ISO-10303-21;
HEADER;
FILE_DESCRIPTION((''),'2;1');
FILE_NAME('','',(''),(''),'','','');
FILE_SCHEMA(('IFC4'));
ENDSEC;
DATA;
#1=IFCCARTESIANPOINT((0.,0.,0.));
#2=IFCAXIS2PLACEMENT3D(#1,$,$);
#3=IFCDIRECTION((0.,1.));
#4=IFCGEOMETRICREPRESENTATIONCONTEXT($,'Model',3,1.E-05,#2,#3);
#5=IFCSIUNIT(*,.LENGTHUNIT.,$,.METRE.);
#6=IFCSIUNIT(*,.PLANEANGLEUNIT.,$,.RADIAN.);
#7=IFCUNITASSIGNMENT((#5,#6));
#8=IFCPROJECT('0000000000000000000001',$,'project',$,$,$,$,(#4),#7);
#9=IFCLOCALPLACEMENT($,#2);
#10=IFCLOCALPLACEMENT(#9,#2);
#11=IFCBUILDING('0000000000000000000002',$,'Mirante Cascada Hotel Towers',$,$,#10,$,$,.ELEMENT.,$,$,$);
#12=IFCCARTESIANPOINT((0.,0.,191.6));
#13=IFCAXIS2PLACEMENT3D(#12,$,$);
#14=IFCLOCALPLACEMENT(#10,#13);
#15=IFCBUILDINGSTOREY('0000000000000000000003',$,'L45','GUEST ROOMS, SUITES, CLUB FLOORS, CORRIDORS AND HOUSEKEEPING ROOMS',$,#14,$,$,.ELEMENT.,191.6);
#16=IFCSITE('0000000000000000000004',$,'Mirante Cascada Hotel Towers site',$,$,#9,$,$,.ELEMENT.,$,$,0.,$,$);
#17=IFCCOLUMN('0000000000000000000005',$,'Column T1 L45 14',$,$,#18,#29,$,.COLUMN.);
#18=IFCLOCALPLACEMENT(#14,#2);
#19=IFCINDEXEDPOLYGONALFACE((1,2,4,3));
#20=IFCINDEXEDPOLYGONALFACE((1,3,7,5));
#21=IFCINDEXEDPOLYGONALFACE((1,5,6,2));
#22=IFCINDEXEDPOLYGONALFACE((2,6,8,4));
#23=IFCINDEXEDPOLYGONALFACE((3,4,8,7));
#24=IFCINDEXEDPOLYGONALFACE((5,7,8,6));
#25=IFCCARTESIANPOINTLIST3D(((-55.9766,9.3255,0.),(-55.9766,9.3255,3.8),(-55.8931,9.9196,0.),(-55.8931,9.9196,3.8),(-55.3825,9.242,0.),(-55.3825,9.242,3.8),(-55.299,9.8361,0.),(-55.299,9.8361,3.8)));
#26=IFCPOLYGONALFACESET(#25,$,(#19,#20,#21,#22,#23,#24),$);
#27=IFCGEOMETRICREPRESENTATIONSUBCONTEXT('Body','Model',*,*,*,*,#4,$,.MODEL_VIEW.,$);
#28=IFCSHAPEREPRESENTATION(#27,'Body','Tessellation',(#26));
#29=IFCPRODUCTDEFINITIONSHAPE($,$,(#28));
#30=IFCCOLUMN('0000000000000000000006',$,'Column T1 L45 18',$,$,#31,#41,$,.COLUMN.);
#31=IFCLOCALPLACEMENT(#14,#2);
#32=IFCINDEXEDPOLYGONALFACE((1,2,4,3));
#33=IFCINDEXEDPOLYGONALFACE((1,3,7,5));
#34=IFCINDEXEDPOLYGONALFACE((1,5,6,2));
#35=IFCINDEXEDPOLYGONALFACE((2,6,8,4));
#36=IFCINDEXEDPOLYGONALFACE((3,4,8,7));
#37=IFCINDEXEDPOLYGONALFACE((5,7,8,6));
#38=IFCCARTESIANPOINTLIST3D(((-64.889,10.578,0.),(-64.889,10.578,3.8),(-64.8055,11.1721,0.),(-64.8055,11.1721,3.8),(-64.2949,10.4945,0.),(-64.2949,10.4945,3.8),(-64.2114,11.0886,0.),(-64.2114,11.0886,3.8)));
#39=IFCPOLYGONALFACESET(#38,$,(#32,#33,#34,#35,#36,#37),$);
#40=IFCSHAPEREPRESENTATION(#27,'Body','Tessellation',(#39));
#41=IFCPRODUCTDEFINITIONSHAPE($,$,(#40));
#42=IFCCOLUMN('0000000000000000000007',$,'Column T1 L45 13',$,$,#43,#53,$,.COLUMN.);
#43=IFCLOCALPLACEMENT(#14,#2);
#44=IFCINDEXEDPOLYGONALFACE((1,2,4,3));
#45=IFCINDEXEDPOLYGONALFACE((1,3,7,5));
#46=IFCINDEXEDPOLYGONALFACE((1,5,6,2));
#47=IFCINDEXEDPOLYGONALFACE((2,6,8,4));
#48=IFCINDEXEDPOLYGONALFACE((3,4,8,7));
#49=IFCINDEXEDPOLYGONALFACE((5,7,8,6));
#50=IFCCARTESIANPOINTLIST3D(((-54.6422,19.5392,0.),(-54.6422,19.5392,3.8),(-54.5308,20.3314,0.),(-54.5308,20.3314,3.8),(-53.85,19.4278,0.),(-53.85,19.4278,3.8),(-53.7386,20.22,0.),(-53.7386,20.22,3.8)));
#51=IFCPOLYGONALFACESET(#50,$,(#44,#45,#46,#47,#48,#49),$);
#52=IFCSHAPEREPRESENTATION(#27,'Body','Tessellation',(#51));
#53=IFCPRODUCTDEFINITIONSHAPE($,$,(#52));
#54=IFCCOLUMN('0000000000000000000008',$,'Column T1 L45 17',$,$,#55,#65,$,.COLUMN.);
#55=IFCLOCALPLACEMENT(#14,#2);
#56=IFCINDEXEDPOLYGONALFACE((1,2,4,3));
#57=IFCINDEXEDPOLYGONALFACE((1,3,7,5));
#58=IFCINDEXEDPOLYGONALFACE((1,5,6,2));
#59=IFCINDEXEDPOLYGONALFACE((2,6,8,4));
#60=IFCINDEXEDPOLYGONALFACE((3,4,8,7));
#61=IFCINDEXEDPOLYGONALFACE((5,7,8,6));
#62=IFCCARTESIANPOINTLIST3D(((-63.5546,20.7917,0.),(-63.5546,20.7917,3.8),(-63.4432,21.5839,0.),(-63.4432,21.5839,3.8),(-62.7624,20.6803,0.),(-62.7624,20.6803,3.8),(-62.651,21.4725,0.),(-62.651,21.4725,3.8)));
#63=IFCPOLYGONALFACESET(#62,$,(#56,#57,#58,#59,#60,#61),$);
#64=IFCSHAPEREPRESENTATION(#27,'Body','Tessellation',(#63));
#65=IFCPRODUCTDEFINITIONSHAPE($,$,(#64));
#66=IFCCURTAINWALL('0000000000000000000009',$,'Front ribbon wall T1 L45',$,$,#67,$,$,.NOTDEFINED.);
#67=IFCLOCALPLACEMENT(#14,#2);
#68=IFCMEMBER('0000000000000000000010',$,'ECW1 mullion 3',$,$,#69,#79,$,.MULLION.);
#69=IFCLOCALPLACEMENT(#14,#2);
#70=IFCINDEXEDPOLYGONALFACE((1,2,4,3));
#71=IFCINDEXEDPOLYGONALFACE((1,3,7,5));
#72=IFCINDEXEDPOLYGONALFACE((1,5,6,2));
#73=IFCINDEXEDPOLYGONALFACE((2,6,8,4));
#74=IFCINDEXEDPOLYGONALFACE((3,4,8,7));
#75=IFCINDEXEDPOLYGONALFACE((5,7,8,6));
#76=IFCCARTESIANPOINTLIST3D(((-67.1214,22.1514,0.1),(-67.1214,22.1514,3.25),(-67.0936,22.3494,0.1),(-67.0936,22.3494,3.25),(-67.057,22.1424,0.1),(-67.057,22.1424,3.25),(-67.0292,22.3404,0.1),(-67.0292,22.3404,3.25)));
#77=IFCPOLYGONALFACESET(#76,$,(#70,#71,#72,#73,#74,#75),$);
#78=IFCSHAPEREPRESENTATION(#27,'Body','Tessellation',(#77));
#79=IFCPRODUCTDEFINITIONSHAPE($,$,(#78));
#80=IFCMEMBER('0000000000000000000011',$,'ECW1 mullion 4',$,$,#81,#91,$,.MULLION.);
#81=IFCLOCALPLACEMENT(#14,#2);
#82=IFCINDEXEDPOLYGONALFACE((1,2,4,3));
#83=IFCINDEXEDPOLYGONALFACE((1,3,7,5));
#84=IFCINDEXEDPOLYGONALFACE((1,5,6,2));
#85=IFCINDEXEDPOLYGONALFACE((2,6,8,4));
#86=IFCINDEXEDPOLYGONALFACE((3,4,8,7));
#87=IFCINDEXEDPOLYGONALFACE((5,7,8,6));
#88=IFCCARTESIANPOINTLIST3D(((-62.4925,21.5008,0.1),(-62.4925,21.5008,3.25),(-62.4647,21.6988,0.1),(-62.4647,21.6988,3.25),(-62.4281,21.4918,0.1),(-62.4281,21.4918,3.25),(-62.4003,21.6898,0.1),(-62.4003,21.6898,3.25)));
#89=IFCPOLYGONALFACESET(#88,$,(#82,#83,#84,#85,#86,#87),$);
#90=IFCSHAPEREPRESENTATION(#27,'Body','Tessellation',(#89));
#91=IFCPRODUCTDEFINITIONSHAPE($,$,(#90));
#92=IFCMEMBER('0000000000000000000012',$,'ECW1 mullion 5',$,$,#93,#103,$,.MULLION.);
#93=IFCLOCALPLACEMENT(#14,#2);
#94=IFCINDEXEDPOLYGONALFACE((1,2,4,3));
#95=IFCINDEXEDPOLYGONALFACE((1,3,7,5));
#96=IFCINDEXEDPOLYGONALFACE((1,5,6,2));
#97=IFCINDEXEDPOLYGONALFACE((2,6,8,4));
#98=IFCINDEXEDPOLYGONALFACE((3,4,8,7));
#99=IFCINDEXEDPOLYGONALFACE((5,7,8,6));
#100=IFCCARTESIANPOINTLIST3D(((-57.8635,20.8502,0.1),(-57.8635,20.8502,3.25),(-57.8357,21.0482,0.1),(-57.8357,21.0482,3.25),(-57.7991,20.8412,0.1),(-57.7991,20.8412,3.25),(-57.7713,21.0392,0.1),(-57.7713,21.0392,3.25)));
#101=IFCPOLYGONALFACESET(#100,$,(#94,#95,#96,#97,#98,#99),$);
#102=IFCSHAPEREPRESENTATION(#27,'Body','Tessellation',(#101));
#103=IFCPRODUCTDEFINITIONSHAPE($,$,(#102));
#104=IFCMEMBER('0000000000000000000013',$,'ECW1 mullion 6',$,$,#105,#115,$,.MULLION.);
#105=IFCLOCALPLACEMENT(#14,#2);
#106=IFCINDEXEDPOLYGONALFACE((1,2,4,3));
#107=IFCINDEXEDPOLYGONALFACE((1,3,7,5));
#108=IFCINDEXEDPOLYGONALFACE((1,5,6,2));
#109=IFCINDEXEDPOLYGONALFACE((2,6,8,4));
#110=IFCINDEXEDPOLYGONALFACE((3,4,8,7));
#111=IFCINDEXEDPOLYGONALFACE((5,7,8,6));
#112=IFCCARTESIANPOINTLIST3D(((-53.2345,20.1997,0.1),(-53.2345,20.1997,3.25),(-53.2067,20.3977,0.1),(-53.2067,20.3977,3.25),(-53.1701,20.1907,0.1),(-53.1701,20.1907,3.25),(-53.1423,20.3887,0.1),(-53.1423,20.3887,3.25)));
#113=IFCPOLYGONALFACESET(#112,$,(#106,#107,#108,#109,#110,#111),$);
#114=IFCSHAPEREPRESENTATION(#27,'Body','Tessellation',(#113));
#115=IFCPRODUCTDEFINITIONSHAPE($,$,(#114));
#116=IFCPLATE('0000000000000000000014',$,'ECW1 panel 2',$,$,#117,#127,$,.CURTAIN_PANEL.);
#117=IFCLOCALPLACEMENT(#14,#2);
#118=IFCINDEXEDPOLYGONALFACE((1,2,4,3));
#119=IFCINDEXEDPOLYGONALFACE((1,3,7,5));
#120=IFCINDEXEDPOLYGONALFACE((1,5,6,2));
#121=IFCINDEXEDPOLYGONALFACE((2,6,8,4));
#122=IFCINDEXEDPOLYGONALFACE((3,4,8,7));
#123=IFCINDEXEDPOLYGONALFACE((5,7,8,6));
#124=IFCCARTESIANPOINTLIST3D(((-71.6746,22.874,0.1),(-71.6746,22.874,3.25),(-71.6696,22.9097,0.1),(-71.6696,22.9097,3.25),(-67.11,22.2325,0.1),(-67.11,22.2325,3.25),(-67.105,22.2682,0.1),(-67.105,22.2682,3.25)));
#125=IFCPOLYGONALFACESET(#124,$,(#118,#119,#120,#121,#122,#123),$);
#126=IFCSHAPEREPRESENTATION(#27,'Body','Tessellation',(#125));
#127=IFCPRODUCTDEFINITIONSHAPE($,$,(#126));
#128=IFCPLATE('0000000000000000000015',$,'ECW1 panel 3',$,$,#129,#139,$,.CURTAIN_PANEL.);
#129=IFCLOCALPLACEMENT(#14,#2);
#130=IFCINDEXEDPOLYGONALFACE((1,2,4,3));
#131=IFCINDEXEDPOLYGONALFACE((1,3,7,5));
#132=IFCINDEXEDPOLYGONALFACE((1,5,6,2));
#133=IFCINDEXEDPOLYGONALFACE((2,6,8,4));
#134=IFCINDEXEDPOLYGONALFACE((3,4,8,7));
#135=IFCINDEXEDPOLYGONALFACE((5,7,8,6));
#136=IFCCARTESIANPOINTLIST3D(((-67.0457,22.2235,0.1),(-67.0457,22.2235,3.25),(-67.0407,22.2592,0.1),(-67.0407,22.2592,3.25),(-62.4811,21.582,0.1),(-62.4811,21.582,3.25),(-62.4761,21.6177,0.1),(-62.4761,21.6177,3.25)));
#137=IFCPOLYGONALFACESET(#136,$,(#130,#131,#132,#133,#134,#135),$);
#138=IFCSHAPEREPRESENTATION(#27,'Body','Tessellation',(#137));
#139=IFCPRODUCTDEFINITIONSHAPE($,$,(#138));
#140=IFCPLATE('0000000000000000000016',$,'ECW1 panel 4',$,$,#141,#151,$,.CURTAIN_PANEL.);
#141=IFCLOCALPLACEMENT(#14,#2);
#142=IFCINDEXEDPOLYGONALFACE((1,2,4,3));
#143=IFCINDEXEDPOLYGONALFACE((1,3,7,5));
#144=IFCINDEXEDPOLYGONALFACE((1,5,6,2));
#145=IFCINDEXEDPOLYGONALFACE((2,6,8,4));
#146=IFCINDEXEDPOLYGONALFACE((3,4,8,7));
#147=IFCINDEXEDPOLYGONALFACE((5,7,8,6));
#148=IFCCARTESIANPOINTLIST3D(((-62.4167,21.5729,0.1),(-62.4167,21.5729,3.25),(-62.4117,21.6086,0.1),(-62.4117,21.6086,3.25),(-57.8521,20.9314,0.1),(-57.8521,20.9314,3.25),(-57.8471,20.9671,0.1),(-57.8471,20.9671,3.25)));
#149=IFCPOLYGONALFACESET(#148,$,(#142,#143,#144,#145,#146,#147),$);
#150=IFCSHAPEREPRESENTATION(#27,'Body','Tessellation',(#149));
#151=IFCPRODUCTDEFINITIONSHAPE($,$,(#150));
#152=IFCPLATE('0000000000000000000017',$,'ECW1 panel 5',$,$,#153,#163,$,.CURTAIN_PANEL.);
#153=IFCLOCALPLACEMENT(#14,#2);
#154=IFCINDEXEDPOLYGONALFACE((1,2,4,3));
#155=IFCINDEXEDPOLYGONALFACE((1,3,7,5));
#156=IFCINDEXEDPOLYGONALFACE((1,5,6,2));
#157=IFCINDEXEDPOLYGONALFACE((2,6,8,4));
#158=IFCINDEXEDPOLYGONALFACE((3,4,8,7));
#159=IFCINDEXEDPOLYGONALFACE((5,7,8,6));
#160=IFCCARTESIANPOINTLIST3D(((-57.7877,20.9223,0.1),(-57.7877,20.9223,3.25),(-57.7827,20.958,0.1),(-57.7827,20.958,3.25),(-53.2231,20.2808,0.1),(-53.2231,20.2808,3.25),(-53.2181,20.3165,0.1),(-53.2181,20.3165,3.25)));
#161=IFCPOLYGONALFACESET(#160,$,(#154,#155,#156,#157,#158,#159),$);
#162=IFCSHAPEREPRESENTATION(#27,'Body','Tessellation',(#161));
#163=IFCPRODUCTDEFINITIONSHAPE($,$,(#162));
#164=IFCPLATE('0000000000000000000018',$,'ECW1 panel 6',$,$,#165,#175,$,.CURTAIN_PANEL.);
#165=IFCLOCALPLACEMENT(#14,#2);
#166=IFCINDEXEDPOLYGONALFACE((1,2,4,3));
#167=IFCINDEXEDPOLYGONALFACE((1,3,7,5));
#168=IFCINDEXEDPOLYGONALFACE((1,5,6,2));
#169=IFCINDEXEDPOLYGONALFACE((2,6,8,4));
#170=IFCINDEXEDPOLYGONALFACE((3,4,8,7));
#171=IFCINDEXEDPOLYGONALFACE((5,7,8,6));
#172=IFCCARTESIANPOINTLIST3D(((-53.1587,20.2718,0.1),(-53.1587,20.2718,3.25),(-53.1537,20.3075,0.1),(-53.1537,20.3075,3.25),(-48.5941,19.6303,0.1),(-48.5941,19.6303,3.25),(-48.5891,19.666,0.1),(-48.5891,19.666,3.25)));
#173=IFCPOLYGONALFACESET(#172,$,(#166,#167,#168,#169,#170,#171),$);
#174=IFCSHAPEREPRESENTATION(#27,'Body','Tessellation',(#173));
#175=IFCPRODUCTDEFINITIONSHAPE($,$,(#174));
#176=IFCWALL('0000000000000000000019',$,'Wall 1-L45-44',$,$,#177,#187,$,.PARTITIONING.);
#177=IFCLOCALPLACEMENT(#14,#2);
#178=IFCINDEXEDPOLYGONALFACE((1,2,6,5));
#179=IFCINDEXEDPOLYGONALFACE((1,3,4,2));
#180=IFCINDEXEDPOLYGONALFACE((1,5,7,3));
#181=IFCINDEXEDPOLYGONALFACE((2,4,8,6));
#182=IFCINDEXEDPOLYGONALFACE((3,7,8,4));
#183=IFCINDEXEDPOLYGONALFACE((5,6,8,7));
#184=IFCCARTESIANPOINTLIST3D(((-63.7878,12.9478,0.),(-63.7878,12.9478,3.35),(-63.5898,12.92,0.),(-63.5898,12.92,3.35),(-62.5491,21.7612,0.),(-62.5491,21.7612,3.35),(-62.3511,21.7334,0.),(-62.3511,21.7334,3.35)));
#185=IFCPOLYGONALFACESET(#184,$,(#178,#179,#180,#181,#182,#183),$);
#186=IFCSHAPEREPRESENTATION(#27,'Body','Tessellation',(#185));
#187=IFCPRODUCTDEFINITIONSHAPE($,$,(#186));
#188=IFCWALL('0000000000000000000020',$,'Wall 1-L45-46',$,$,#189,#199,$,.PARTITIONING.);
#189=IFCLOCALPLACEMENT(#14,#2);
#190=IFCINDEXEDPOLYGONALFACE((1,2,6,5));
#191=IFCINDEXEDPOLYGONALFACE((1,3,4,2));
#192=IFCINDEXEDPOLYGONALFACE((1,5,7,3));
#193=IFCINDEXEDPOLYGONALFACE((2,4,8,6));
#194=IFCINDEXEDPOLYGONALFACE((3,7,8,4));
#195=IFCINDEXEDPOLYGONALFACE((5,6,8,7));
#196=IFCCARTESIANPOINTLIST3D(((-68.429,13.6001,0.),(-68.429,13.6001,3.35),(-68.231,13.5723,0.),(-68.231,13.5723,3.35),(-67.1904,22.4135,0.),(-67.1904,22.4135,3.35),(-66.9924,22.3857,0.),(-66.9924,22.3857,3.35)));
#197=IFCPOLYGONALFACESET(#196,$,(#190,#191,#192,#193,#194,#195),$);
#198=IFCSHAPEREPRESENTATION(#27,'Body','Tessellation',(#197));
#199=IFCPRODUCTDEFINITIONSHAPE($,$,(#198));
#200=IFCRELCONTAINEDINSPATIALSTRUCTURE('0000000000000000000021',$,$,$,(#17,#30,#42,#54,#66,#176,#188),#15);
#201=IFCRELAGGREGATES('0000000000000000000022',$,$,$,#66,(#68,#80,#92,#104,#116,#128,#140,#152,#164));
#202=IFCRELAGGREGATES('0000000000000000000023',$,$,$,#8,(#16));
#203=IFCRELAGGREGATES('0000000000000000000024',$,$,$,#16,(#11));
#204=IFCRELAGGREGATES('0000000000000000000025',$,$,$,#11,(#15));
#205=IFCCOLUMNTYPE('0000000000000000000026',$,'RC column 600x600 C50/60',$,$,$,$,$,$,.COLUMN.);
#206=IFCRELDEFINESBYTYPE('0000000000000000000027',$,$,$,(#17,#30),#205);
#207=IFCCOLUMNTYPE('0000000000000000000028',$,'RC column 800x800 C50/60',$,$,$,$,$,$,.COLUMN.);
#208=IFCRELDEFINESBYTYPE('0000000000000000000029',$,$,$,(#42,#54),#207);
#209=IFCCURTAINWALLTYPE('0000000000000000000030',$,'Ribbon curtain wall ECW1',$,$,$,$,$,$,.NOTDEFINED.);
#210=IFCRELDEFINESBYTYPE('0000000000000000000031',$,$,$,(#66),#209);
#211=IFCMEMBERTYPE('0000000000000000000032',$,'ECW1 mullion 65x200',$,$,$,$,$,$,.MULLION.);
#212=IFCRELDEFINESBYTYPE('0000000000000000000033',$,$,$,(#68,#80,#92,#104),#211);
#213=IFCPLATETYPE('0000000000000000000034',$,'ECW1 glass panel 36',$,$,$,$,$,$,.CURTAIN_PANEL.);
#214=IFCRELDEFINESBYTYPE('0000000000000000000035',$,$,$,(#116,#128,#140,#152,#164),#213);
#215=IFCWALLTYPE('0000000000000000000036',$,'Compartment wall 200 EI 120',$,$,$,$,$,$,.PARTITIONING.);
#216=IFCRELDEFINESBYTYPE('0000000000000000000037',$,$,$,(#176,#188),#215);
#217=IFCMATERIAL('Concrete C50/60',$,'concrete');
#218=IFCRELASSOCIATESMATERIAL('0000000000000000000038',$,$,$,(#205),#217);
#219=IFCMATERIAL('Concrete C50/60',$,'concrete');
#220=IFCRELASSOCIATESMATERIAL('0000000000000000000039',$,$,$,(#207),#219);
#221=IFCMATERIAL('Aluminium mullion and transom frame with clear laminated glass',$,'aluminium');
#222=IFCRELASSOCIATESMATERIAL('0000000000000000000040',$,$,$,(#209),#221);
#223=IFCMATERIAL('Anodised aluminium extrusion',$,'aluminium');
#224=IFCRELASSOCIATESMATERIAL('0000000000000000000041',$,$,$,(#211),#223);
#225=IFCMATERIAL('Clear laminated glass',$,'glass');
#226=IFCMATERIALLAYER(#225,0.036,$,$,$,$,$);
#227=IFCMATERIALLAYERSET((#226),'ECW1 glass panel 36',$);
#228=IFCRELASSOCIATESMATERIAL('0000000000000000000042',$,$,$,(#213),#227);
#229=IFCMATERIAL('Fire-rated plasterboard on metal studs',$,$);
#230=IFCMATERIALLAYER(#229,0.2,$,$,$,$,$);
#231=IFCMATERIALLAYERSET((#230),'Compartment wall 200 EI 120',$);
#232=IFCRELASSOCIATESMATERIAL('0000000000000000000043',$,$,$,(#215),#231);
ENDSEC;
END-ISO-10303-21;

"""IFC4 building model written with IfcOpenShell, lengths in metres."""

from ifc_helpers import new_model, si_unit, direction, frame, frame_2d, origin, origin_2d, place, context, subcontext, project, spatial, rectangle, extrude, material, layer, layer_set, material_profile, profile_set, type_object, element, aggregate, save


model = new_model("IFC4")

# Units and contexts
model_context = context("Model", 3, precision=1e-05, world=origin(), true_north=direction((0.0, 1.0)))
body_context = subcontext(model_context, "Body", "Model", "MODEL_VIEW")
ifc_project = project(units=[si_unit("LENGTHUNIT", "METRE"), si_unit("PLANEANGLEUNIT", "RADIAN")], contexts=[model_context])

# Site, building, storey
site_placement = place(None, origin())
site = spatial("IfcSite", under=ifc_project, at=site_placement, Name="Mirante Cascada Hotel Towers site", CompositionType="ELEMENT", RefElevation=0.0)
building_placement = place(site_placement, origin())
building = spatial("IfcBuilding", under=site, at=building_placement, Name="Mirante Cascada Hotel Towers", CompositionType="ELEMENT")
storey_placement = place(building_placement, frame((0.0, 0.0, 191.6)))
storey = spatial("IfcBuildingStorey", under=building, at=storey_placement, Name="L45", Description="GUEST ROOMS, SUITES, CLUB FLOORS, CORRIDORS AND HOUSEKEEPING ROOMS", CompositionType="ELEMENT", Elevation=191.6)

# Columns
ifc_material_1 = material(Name="Concrete C50/60", Category="concrete")
ifc_material_profile_1 = material_profile(ifc_material_1, rectangle(XDim=0.6, YDim=0.6, at=origin_2d()), Name="RC column 600x600 C50/60")
ifc_profile_set_1 = profile_set([ifc_material_profile_1], Name="Concrete C50/60")
column_type_1 = type_object("IfcColumnType", Name="RC column 600x600 C50/60", PredefinedType="COLUMN", material=ifc_profile_set_1)
for number, where, z_axis, x_axis, name in (
    (1, (-55.6378, 9.5808, 0.0), (0.0, 0.0, 1.0), (-0.990268, 0.139173, 0.0), "Column T1 L45 14"),
    (2, (-64.5502, 10.8333, 0.0), (0.0, 0.0, 1.0), (-0.990268, 0.139173, 0.0), "Column T1 L45 18"),
):
    element("IfcColumn", number, at=place(storey_placement, frame(where, z_axis=z_axis, x_axis=x_axis)), inside=storey, type_object=column_type_1, Name=name, PredefinedType="COLUMN", context=body_context, shape_type="SweptSolid", body=[
        extrude(rectangle(XDim=0.6, YDim=0.6, at=origin_2d()), origin(), (0.0, 0.0, 1.0), 3.8),
    ])
ifc_material_2 = material(Name="Concrete C50/60", Category="concrete")
ifc_material_profile_2 = material_profile(ifc_material_2, rectangle(XDim=0.8, YDim=0.8, at=origin_2d()), Name="RC column 800x800 C50/60")
ifc_profile_set_2 = profile_set([ifc_material_profile_2], Name="Concrete C50/60")
column_type_2 = type_object("IfcColumnType", Name="RC column 800x800 C50/60", PredefinedType="COLUMN", material=ifc_profile_set_2)
for number, where, z_axis, x_axis, name in (
    (3, (-54.1904, 19.8796, 0.0), (0.0, 0.0, 1.0), (-0.990268, 0.139173, 0.0), "Column T1 L45 13"),
    (4, (-63.1028, 21.1321, 0.0), (0.0, 0.0, 1.0), (-0.990268, 0.139173, 0.0), "Column T1 L45 17"),
):
    element("IfcColumn", number, at=place(storey_placement, frame(where, z_axis=z_axis, x_axis=x_axis)), inside=storey, type_object=column_type_2, Name=name, PredefinedType="COLUMN", context=body_context, shape_type="SweptSolid", body=[
        extrude(rectangle(XDim=0.8, YDim=0.8, at=origin_2d()), origin(), (0.0, 0.0, 1.0), 3.8),
    ])

# Curtain wall, members, plates
ifc_material_3 = material(Name="Aluminium mullion and transom frame with clear laminated glass", Category="aluminium")
curtain_wall_type = type_object("IfcCurtainWallType", Name="Ribbon curtain wall ECW1", PredefinedType="NOTDEFINED", material=ifc_material_3)
curtain_wall_placement = place(storey_placement, origin())
curtain_wall = element("IfcCurtainWall", 5, at=curtain_wall_placement, inside=storey, type_object=curtain_wall_type, Name="Front ribbon wall T1 L45", PredefinedType="NOTDEFINED")
ifc_material_4 = material(Name="Anodised aluminium extrusion", Category="aluminium")
ifc_material_profile_3 = material_profile(ifc_material_4, rectangle(XDim=0.2, YDim=0.065, at=origin_2d()), Name="ECW1 MULLION 65x200")
ifc_profile_set_3 = profile_set([ifc_material_profile_3], Name="Anodised aluminium extrusion")
member_type = type_object("IfcMemberType", Name="ECW1 mullion 65x200", PredefinedType="MULLION", material=ifc_profile_set_3)
member_1_placement = place(storey_placement, frame((-67.0753, 22.2459, 0.1), z_axis=(0.0, 0.0, 1.0), x_axis=(0.139173, 0.990268, 0.0)))
member_1 = element("IfcMember", 6, at=member_1_placement, type_object=member_type, Name="ECW1 mullion 3", PredefinedType="MULLION", context=body_context, shape_type="SweptSolid", body=[
    extrude(rectangle(XDim=0.2, YDim=0.065, at=origin_2d()), origin(), (0.0, 0.0, 1.0), 3.15),
])
member_2_placement = place(storey_placement, frame((-62.4464, 21.5953, 0.1), z_axis=(0.0, 0.0, 1.0), x_axis=(0.139173, 0.990268, 0.0)))
member_2 = element("IfcMember", 7, at=member_2_placement, type_object=member_type, Name="ECW1 mullion 4", PredefinedType="MULLION", context=body_context, shape_type="SweptSolid", body=[
    extrude(rectangle(XDim=0.2, YDim=0.065, at=origin_2d()), origin(), (0.0, 0.0, 1.0), 3.15),
])
member_3_placement = place(storey_placement, frame((-57.8174, 20.9447, 0.1), z_axis=(0.0, 0.0, 1.0), x_axis=(0.139173, 0.990268, 0.0)))
member_3 = element("IfcMember", 8, at=member_3_placement, type_object=member_type, Name="ECW1 mullion 5", PredefinedType="MULLION", context=body_context, shape_type="SweptSolid", body=[
    extrude(rectangle(XDim=0.2, YDim=0.065, at=origin_2d()), origin(), (0.0, 0.0, 1.0), 3.15),
])
member_4_placement = place(storey_placement, frame((-53.1884, 20.2942, 0.1), z_axis=(0.0, 0.0, 1.0), x_axis=(0.139173, 0.990268, 0.0)))
member_4 = element("IfcMember", 9, at=member_4_placement, type_object=member_type, Name="ECW1 mullion 6", PredefinedType="MULLION", context=body_context, shape_type="SweptSolid", body=[
    extrude(rectangle(XDim=0.2, YDim=0.065, at=origin_2d()), origin(), (0.0, 0.0, 1.0), 3.15),
])
ifc_material_5 = material(Name="Clear laminated glass", Category="glass")
ifc_layer_1 = layer(ifc_material_5, 0.036)
ifc_layer_set_1 = layer_set([ifc_layer_1], Name="ECW1 glass panel 36")
plate_type = type_object("IfcPlateType", Name="ECW1 glass panel 36", PredefinedType="CURTAIN_PANEL", material=ifc_layer_set_1)
plate_1_placement = place(storey_placement, frame((-69.3898, 22.5711, 0.1), z_axis=(0.0, 0.0, 1.0), x_axis=(0.990268, -0.139173, 0.0)))
plate_1 = element("IfcPlate", 10, at=plate_1_placement, type_object=plate_type, Name="ECW1 panel 2", PredefinedType="CURTAIN_PANEL", context=body_context, shape_type="SweptSolid", body=[
    extrude(rectangle(XDim=4.6095, YDim=0.036, at=origin_2d()), origin(), (0.0, 0.0, 1.0), 3.15),
])
plate_2_placement = place(storey_placement, frame((-64.7609, 21.9206, 0.1), z_axis=(0.0, 0.0, 1.0), x_axis=(0.990268, -0.139173, 0.0)))
plate_2 = element("IfcPlate", 11, at=plate_2_placement, type_object=plate_type, Name="ECW1 panel 3", PredefinedType="CURTAIN_PANEL", context=body_context, shape_type="SweptSolid", body=[
    extrude(rectangle(XDim=4.6095, YDim=0.036, at=origin_2d()), origin(), (0.0, 0.0, 1.0), 3.15),
])
plate_3_placement = place(storey_placement, frame((-60.1319, 21.27, 0.1), z_axis=(0.0, 0.0, 1.0), x_axis=(0.990268, -0.139173, 0.0)))
plate_3 = element("IfcPlate", 12, at=plate_3_placement, type_object=plate_type, Name="ECW1 panel 4", PredefinedType="CURTAIN_PANEL", context=body_context, shape_type="SweptSolid", body=[
    extrude(rectangle(XDim=4.6095, YDim=0.036, at=origin_2d()), origin(), (0.0, 0.0, 1.0), 3.15),
])
plate_4_placement = place(storey_placement, frame((-55.5029, 20.6194, 0.1), z_axis=(0.0, 0.0, 1.0), x_axis=(0.990268, -0.139173, 0.0)))
plate_4 = element("IfcPlate", 13, at=plate_4_placement, type_object=plate_type, Name="ECW1 panel 5", PredefinedType="CURTAIN_PANEL", context=body_context, shape_type="SweptSolid", body=[
    extrude(rectangle(XDim=4.6095, YDim=0.036, at=origin_2d()), origin(), (0.0, 0.0, 1.0), 3.15),
])
plate_5_placement = place(storey_placement, frame((-50.8739, 19.9689, 0.1), z_axis=(0.0, 0.0, 1.0), x_axis=(0.990268, -0.139173, 0.0)))
plate_5 = element("IfcPlate", 14, at=plate_5_placement, type_object=plate_type, Name="ECW1 panel 6", PredefinedType="CURTAIN_PANEL", context=body_context, shape_type="SweptSolid", body=[
    extrude(rectangle(XDim=4.6095, YDim=0.036, at=origin_2d()), origin(), (0.0, 0.0, 1.0), 3.15),
])
aggregate(curtain_wall, [member_1, member_2, member_3, member_4, plate_1, plate_2, plate_3, plate_4, plate_5])

# Walls
ifc_material_6 = material(Name="Fire-rated plasterboard on metal studs")
ifc_layer_2 = layer(ifc_material_6, 0.2)
ifc_layer_set_2 = layer_set([ifc_layer_2], Name="Compartment wall 200 EI 120")
wall_type_1 = type_object("IfcWallType", Name="Compartment wall 200 EI 120", PredefinedType="PARTITIONING", material=ifc_layer_set_2)
for number, where, z_axis, x_axis, name in (
    (15, (-63.6888, 12.9339, 0.0), (0.0, 0.0, 1.0), (0.139179, 0.990267, 0.0), "Wall 1-L45-44"),
    (16, (-68.33, 13.5862, 0.0), (0.0, 0.0, 1.0), (0.139168, 0.990269, 0.0), "Wall 1-L45-46"),
):
    element("IfcWall", number, at=place(storey_placement, frame(where, z_axis=z_axis, x_axis=x_axis)), inside=storey, type_object=wall_type_1, Name=name, PredefinedType="PARTITIONING", context=body_context, shape_type="SweptSolid", body=[
        extrude(rectangle(XDim=8.9, YDim=0.2, at=frame_2d((4.45, 0.0))), origin(), (0.0, 0.0, 1.0), 3.35),
    ])

save(model, "model.ifc")
